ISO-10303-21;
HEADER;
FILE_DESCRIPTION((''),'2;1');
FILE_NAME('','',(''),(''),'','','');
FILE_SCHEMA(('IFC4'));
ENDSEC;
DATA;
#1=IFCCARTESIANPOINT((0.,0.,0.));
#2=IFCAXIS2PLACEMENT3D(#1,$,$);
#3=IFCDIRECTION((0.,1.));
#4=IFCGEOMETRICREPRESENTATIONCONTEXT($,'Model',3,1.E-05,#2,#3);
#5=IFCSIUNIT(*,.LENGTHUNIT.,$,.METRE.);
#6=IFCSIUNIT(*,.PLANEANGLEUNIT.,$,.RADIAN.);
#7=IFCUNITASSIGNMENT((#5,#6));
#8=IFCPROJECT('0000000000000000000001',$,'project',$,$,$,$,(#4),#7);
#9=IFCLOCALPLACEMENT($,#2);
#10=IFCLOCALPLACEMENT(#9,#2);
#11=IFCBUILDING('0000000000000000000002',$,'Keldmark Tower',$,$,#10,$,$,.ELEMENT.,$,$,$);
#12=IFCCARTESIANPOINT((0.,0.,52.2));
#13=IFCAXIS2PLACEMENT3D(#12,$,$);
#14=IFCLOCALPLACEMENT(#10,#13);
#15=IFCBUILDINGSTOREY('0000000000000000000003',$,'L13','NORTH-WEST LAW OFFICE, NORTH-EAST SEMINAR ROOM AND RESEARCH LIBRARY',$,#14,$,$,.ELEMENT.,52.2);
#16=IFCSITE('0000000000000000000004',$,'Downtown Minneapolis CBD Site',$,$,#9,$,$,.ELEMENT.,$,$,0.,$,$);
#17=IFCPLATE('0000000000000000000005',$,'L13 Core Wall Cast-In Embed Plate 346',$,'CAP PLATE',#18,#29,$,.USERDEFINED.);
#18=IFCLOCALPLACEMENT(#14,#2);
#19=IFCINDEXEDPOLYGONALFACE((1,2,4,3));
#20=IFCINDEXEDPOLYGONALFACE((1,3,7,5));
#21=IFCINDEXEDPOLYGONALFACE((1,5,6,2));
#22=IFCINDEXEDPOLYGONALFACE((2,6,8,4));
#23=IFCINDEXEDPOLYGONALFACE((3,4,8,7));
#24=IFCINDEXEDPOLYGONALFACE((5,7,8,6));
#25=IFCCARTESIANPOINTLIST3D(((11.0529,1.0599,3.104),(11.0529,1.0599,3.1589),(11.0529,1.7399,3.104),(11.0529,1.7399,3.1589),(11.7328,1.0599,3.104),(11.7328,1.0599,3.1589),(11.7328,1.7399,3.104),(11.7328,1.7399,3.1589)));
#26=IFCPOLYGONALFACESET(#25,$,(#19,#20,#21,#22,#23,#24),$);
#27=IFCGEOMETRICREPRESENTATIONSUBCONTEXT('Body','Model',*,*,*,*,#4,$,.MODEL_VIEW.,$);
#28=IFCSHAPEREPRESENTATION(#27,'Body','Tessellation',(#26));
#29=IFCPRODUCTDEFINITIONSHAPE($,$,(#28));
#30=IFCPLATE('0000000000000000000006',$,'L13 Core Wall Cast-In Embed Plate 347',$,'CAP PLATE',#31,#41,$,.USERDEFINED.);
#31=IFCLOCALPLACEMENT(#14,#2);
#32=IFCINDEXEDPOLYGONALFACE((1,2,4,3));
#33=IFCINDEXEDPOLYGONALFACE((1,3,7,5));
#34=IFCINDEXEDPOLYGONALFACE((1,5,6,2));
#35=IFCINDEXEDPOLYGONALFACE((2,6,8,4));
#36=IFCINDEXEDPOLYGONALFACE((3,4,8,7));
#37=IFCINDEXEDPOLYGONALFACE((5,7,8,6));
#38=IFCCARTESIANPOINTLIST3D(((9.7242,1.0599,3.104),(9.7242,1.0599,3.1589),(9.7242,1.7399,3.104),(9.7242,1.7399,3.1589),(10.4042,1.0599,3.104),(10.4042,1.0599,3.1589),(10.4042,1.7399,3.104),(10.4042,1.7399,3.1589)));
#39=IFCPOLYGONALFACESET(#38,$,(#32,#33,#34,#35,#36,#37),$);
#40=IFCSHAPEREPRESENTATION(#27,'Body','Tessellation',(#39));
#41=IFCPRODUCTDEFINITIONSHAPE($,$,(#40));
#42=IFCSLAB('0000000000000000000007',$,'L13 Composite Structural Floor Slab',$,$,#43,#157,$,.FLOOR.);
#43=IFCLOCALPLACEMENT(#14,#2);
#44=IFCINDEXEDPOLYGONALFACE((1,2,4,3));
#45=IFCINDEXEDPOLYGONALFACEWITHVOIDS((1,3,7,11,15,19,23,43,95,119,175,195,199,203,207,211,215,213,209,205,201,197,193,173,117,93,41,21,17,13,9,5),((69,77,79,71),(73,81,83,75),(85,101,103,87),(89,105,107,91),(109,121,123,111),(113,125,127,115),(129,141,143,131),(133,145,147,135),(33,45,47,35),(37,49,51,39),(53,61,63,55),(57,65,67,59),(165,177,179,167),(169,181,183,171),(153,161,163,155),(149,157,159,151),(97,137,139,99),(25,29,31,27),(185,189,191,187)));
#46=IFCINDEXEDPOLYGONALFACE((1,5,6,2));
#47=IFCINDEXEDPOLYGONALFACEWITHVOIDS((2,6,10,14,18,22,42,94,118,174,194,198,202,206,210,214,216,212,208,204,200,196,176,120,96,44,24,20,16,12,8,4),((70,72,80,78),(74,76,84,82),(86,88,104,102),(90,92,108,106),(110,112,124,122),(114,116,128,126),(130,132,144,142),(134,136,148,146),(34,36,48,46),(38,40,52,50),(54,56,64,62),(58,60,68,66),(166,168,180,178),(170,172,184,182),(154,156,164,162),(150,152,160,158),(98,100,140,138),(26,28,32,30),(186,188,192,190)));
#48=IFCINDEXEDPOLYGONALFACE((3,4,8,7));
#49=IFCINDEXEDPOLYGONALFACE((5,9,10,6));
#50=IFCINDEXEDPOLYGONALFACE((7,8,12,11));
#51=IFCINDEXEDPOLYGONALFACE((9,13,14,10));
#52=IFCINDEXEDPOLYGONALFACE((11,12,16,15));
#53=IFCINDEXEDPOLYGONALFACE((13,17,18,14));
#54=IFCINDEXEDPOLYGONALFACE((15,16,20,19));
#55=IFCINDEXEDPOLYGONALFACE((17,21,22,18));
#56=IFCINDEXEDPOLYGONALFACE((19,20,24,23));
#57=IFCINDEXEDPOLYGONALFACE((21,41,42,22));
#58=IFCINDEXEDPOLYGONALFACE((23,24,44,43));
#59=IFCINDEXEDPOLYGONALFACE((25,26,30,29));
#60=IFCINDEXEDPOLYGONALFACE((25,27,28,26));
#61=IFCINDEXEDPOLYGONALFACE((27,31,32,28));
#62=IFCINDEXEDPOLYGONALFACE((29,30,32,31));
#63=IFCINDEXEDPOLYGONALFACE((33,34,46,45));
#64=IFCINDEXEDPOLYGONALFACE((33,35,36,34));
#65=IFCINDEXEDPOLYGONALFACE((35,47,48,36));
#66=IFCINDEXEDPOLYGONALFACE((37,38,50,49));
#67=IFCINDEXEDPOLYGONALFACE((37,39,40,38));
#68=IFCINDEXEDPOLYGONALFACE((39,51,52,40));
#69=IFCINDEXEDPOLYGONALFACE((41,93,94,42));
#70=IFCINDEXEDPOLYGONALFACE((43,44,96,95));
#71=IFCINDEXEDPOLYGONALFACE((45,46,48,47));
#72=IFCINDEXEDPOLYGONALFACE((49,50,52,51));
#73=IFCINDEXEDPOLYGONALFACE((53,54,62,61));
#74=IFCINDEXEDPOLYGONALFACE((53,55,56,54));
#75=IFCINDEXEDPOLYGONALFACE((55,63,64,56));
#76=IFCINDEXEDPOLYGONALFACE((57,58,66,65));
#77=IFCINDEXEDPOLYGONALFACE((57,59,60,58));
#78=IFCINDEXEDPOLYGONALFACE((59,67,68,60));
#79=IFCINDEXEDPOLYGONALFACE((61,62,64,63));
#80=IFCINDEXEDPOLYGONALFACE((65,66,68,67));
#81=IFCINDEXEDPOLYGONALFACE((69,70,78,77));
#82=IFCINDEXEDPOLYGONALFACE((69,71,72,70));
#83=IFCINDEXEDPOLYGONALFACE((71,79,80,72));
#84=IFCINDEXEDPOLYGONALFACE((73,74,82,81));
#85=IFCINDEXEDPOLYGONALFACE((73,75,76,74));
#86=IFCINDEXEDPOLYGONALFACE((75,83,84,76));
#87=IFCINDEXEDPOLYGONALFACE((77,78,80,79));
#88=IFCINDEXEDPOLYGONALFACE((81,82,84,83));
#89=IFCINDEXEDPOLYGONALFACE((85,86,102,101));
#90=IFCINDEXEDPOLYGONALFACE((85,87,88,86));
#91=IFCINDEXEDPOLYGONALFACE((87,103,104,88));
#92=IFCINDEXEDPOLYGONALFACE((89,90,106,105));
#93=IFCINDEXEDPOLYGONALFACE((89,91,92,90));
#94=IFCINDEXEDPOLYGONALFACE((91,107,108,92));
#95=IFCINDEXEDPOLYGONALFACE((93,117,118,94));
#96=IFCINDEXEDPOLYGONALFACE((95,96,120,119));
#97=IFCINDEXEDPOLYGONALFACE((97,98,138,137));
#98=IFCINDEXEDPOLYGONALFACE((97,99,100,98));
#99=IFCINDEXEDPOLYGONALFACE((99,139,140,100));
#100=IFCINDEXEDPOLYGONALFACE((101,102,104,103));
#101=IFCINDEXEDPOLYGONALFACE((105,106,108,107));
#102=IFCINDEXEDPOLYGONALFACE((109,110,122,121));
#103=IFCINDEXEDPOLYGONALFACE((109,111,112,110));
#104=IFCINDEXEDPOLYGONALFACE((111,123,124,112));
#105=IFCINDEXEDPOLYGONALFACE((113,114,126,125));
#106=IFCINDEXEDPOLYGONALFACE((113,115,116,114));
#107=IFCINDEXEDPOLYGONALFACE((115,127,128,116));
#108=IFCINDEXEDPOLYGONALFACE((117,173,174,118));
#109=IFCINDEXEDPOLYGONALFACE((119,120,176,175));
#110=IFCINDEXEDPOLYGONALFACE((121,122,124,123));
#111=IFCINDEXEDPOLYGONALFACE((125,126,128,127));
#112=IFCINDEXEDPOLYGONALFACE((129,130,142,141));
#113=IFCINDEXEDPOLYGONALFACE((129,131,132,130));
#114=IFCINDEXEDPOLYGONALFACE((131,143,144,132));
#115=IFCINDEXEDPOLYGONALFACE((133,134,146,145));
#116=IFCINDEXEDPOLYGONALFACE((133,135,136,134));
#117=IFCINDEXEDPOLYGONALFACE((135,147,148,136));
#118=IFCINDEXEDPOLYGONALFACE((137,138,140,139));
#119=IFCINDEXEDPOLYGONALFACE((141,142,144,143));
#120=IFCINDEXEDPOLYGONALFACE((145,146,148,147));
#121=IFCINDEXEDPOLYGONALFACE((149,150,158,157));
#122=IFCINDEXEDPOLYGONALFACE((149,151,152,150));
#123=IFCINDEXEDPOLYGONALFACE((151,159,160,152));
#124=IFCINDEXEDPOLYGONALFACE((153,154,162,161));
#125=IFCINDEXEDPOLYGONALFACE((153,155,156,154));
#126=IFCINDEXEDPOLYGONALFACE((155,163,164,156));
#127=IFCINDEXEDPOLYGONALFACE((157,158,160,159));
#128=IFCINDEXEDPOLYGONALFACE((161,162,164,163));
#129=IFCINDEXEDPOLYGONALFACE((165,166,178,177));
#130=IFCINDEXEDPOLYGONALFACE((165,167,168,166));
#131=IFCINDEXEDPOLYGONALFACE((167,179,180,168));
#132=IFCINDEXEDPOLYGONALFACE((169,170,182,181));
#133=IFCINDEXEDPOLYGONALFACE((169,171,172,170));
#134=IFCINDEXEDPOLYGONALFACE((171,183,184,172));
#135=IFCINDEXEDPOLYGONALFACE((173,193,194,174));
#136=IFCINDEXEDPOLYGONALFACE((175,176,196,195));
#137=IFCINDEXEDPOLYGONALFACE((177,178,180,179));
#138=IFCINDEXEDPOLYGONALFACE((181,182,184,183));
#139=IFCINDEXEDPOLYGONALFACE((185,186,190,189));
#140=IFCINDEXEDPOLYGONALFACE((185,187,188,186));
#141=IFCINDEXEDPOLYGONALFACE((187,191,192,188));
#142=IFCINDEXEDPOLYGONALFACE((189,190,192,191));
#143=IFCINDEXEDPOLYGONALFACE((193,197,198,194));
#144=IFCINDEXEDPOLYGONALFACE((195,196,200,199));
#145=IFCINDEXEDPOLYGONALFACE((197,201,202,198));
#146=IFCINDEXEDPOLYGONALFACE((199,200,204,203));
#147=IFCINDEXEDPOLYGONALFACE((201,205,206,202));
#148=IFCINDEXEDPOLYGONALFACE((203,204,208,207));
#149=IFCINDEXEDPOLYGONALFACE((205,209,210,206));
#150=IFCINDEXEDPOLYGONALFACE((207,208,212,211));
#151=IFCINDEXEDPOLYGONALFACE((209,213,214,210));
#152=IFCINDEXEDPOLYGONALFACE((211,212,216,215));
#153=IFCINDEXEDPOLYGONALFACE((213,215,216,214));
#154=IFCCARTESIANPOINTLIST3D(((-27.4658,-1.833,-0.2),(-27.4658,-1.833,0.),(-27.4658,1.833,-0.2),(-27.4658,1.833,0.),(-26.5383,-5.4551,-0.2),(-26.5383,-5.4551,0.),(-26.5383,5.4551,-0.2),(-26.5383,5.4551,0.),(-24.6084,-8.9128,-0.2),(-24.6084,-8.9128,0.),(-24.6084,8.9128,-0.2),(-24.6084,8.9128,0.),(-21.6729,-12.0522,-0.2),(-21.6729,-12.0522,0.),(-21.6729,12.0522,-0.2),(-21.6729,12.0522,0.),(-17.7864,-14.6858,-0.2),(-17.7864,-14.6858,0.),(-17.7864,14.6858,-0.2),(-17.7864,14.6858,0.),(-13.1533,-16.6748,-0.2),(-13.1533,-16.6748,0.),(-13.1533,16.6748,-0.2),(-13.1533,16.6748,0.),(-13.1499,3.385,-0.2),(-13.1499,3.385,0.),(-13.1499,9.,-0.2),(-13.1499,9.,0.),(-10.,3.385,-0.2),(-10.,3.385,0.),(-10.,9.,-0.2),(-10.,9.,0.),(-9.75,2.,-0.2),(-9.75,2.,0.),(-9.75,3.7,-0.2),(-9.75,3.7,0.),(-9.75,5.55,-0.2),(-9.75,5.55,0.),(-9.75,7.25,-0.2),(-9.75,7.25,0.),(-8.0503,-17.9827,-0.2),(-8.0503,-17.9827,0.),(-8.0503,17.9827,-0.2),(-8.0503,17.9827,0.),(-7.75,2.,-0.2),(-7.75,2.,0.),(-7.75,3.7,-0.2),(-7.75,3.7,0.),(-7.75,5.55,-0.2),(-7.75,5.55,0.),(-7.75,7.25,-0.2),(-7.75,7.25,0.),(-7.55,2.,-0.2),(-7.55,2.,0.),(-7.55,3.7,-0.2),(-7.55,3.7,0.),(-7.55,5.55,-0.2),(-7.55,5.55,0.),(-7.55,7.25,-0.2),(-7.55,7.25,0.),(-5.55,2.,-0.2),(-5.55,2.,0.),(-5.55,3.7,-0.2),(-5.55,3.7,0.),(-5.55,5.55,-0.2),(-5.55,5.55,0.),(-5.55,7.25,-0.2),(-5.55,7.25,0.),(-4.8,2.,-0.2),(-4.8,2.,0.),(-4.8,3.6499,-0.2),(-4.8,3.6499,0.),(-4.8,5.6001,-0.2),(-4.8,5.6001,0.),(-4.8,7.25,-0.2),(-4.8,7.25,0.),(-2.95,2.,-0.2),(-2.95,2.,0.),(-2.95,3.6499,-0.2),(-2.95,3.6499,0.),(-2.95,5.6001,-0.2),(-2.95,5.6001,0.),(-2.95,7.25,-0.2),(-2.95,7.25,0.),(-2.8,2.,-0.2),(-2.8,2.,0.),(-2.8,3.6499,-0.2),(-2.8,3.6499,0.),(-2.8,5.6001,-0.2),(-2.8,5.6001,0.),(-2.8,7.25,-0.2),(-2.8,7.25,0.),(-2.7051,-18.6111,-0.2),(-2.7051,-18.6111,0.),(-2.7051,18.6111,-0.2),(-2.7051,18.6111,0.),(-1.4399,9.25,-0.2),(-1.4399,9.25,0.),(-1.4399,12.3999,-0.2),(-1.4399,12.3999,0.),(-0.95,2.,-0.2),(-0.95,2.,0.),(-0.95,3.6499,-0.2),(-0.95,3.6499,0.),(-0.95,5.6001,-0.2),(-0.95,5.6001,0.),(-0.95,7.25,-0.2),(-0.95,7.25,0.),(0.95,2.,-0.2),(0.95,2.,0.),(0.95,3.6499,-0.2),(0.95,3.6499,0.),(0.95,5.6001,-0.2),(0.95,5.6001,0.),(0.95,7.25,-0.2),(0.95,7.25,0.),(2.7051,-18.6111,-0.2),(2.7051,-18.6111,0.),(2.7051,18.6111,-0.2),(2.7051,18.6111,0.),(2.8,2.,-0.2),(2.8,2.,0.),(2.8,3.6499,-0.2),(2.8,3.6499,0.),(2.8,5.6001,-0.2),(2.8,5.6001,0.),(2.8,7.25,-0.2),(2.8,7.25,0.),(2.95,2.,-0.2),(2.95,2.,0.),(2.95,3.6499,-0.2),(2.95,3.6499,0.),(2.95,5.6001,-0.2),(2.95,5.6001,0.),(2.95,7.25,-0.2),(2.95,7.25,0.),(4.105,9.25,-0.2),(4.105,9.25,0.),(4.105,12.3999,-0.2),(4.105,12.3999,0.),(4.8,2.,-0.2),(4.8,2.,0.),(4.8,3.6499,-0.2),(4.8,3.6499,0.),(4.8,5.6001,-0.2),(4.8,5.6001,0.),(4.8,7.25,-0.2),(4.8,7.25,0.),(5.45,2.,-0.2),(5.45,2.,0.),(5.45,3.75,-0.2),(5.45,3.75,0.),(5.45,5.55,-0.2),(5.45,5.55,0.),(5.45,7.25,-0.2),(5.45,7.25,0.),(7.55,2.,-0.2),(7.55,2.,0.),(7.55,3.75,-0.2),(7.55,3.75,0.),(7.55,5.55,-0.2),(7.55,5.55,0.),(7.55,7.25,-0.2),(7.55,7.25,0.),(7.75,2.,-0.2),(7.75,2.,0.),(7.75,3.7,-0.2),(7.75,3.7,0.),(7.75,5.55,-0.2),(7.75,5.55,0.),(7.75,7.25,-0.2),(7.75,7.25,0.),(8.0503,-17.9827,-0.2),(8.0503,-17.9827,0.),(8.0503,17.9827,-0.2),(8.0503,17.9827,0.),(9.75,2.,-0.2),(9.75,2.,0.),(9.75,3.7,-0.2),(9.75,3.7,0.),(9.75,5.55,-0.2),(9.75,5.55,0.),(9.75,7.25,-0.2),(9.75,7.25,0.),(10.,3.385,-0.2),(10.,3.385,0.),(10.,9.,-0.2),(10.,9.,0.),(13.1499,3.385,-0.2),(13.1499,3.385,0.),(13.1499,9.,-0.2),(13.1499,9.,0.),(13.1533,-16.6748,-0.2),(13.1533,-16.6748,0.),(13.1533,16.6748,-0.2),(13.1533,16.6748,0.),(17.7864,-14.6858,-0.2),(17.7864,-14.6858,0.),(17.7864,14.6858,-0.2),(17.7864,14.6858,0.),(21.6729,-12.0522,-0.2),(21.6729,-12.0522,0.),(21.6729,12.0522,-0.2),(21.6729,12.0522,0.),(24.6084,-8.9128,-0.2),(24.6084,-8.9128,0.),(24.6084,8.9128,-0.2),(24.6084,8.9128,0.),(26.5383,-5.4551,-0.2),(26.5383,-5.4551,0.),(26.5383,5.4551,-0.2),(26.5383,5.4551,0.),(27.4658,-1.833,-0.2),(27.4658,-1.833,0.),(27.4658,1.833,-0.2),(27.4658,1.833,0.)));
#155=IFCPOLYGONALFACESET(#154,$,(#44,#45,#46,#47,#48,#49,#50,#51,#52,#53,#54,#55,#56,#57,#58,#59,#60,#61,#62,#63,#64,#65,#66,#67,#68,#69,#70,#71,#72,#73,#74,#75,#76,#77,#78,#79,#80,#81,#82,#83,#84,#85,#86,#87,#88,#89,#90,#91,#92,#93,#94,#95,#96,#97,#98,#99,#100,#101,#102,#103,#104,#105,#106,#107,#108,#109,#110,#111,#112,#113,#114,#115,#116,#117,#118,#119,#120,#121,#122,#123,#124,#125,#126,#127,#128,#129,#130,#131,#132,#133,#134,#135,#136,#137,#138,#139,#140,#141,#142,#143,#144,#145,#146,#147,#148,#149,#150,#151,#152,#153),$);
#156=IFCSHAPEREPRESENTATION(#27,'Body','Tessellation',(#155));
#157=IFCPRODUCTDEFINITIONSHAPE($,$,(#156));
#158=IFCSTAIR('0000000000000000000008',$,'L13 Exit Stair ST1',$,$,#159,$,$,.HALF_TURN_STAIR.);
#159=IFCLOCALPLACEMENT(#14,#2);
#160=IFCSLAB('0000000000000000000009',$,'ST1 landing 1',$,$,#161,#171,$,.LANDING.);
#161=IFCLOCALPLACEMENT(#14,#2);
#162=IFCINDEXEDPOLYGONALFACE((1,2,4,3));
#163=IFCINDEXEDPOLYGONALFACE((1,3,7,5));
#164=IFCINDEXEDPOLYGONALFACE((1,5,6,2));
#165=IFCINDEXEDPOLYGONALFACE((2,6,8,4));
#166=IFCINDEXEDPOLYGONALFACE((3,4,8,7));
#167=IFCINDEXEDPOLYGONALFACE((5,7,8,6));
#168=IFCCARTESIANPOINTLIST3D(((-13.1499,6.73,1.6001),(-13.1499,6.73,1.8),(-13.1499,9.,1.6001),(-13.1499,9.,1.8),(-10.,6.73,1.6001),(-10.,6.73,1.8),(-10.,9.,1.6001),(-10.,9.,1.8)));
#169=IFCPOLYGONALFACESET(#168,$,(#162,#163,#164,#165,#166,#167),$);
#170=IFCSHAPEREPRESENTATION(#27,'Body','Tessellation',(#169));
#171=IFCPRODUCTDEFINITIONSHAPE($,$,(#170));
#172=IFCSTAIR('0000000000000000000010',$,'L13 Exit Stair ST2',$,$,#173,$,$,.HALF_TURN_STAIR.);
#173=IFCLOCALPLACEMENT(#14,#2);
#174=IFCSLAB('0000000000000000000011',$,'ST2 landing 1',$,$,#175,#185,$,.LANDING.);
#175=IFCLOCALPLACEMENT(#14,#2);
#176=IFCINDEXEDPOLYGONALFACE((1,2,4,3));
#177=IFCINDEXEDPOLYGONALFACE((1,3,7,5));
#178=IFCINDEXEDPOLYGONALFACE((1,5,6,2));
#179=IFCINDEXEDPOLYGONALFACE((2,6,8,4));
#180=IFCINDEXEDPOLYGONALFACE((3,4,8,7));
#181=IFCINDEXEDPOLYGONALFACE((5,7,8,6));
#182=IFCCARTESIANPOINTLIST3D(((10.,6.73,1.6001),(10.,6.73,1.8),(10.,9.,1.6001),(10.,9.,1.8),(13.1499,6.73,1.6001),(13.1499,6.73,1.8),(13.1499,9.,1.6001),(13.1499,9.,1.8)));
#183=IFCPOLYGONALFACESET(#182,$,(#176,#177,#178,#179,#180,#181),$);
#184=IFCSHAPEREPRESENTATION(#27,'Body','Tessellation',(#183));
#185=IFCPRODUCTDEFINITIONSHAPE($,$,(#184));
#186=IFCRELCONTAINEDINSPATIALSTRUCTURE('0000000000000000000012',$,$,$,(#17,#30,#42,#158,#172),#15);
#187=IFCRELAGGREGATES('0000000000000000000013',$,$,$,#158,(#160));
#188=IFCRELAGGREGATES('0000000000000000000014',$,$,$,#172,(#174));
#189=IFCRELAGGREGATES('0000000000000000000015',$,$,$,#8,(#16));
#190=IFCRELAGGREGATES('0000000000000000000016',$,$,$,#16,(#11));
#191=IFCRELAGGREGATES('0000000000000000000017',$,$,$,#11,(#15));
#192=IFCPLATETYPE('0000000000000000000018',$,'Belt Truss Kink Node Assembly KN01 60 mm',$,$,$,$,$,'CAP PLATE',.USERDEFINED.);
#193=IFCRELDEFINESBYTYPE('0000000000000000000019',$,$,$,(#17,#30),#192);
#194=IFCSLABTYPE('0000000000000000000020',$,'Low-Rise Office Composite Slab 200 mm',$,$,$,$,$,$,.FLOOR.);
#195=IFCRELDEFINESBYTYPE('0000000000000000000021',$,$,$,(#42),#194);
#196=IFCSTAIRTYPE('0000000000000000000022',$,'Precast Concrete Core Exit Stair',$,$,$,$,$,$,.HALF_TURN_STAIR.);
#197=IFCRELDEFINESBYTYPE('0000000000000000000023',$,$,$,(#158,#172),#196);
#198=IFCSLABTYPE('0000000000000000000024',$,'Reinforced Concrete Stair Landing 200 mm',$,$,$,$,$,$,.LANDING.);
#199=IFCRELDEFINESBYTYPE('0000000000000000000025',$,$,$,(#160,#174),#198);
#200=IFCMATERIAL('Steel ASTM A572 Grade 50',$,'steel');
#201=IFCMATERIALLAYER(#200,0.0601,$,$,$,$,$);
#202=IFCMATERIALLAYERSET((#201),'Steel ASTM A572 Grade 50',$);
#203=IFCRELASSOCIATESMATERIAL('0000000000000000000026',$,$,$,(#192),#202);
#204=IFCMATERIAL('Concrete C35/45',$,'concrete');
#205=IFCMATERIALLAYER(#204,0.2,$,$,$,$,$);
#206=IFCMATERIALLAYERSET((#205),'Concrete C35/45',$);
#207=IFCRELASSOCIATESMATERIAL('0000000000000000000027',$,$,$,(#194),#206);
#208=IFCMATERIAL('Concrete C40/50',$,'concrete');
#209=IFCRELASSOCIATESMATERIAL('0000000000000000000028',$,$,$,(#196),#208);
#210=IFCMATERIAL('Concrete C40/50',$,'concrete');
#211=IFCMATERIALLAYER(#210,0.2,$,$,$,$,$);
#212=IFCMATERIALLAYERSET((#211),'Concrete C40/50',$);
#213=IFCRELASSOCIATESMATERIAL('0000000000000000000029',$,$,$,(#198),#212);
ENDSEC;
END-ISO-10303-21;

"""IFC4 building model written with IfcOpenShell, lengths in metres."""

from ifc_helpers import new_model, si_unit, direction, frame, origin, origin_2d, place, context, subcontext, project, spatial, polyline, rectangle, outline, extrude, material, layer, layer_set, type_object, element, aggregate, save


model = new_model("IFC4")

# Units and contexts
model_context = context("Model", 3, precision=1e-05, world=origin(), true_north=direction((0.0, 1.0)))
body_context = subcontext(model_context, "Body", "Model", "MODEL_VIEW")
ifc_project = project(units=[si_unit("LENGTHUNIT", "METRE"), si_unit("PLANEANGLEUNIT", "RADIAN")], contexts=[model_context])

# Site, building, storey
site_placement = place(None, origin())
site = spatial("IfcSite", under=ifc_project, at=site_placement, Name="Downtown Minneapolis CBD Site", CompositionType="ELEMENT", RefElevation=0.0)
building_placement = place(site_placement, origin())
building = spatial("IfcBuilding", under=site, at=building_placement, Name="Keldmark Tower", CompositionType="ELEMENT")
storey_placement = place(building_placement, frame((0.0, 0.0, 52.2)))
storey = spatial("IfcBuildingStorey", under=building, at=storey_placement, Name="L13", Description="NORTH-WEST LAW OFFICE, NORTH-EAST SEMINAR ROOM AND RESEARCH LIBRARY", CompositionType="ELEMENT", Elevation=52.2)

# Plates
ifc_material_1 = material(Name="Steel ASTM A572 Grade 50", Category="steel")
ifc_layer_1 = layer(ifc_material_1, 0.0601)
ifc_layer_set_1 = layer_set([ifc_layer_1], Name="Steel ASTM A572 Grade 50")
plate_type = type_object("IfcPlateType", Name="Belt Truss Kink Node Assembly KN01 60 mm", ElementType="CAP PLATE", PredefinedType="USERDEFINED", material=ifc_layer_set_1)
for number, where, z_axis, x_axis, name in (
    (1, (11.3928, 1.3999, 3.104), (0.0, 0.0, 1.0), (1.0, 0.0, 0.0), "L13 Core Wall Cast-In Embed Plate 346"),
    (2, (10.0642, 1.3999, 3.104), (0.0, 0.0, 1.0), (1.0, 0.0, 0.0), "L13 Core Wall Cast-In Embed Plate 347"),
):
    element("IfcPlate", number, at=place(storey_placement, frame(where, z_axis=z_axis, x_axis=x_axis)), inside=storey, type_object=plate_type, Name=name, ObjectType="CAP PLATE", PredefinedType="USERDEFINED", context=body_context, shape_type="SweptSolid", body=[
        extrude(rectangle(XDim=0.6799, YDim=0.6799, at=origin_2d()), origin(), (0.0, 0.0, 1.0), 0.0549),
    ])

# Slab
ifc_material_2 = material(Name="Concrete C35/45", Category="concrete")
ifc_layer_2 = layer(ifc_material_2, 0.2)
ifc_layer_set_2 = layer_set([ifc_layer_2], Name="Concrete C35/45")
slab_type_1 = type_object("IfcSlabType", Name="Low-Rise Office Composite Slab 200 mm", PredefinedType="FLOOR", material=ifc_layer_set_2)
slab_1_placement = place(storey_placement, frame((0.0, 0.0, -0.2)))
element("IfcSlab", 3, at=slab_1_placement, inside=storey, type_object=slab_type_1, Name="L13 Composite Structural Floor Slab", PredefinedType="FLOOR", context=body_context, shape_type="SweptSolid", body=[
    extrude(outline(polyline([(27.4658, 1.833), (26.5383, 5.4551), (24.6084, 8.9128), (21.6729, 12.0522), (17.7864, 14.6858), (13.1533, 16.6748), (8.0503, 17.9827), (2.7051, 18.6111), (-2.7051, 18.6111), (-8.0503, 17.9827), (-13.1533, 16.6748), (-17.7864, 14.6858), (-21.6729, 12.0522), (-24.6084, 8.9128), (-26.5383, 5.4551), (-27.4658, 1.833), (-27.4658, -1.833), (-26.5383, -5.4551), (-24.6084, -8.9128), (-21.6729, -12.0522), (-17.7864, -14.6858), (-13.1533, -16.6748), (-8.0503, -17.9827), (-2.7051, -18.6111), (2.7051, -18.6111), (8.0503, -17.9827), (13.1533, -16.6748), (17.7864, -14.6858), (21.6729, -12.0522), (24.6084, -8.9128), (26.5383, -5.4551), (27.4658, -1.833), (27.4658, 1.833)]), holes=[polyline([(-10.0, 3.385), (-10.0, 9.0), (-13.1499, 9.0), (-13.1499, 3.385), (-10.0, 3.385)]), polyline([(13.1499, 3.385), (13.1499, 9.0), (10.0, 9.0), (10.0, 3.385), (13.1499, 3.385)]), polyline([(-1.4399, 9.25), (4.105, 9.25), (4.105, 12.3999), (-1.4399, 12.3999), (-1.4399, 9.25)]), polyline([(-9.75, 2.0), (-7.75, 2.0), (-7.75, 3.7), (-9.75, 3.7), (-9.75, 2.0)]), polyline([(7.75, 2.0), (9.75, 2.0), (9.75, 3.7), (7.75, 3.7), (7.75, 2.0)]), polyline([(5.45, 2.0), (7.55, 2.0), (7.55, 3.75), (5.45, 3.75), (5.45, 2.0)]), polyline([(-4.8, 2.0), (-2.95, 2.0), (-2.95, 3.6499), (-4.8, 3.6499), (-4.8, 2.0)]), polyline([(-2.8, 2.0), (-0.95, 2.0), (-0.95, 3.6499), (-2.8, 3.6499), (-2.8, 2.0)]), polyline([(0.95, 2.0), (2.8, 2.0), (2.8, 3.6499), (0.95, 3.6499), (0.95, 2.0)]), polyline([(2.95, 2.0), (4.8, 2.0), (4.8, 3.6499), (2.95, 3.6499), (2.95, 2.0)]), polyline([(-4.8, 5.6001), (-2.95, 5.6001), (-2.95, 7.25), (-4.8, 7.25), (-4.8, 5.6001)]), polyline([(-2.8, 5.6001), (-0.95, 5.6001), (-0.95, 7.25), (-2.8, 7.25), (-2.8, 5.6001)]), polyline([(0.95, 5.6001), (2.8, 5.6001), (2.8, 7.25), (0.95, 7.25), (0.95, 5.6001)]), polyline([(2.95, 5.6001), (4.8, 5.6001), (4.8, 7.25), (2.95, 7.25), (2.95, 5.6001)]), polyline([(-9.75, 5.55), (-7.75, 5.55), (-7.75, 7.25), (-9.75, 7.25), (-9.75, 5.55)]), polyline([(-7.55, 5.55), (-5.55, 5.55), (-5.55, 7.25), (-7.55, 7.25), (-7.55, 5.55)]), polyline([(-7.55, 2.0), (-5.55, 2.0), (-5.55, 3.7), (-7.55, 3.7), (-7.55, 2.0)]), polyline([(5.45, 5.55), (7.55, 5.55), (7.55, 7.25), (5.45, 7.25), (5.45, 5.55)]), polyline([(7.75, 5.55), (9.75, 5.55), (9.75, 7.25), (7.75, 7.25), (7.75, 5.55)])]), origin(), (0.0, 0.0, 1.0), 0.2),
])

# Stairs, slabs
ifc_material_3 = material(Name="Concrete C40/50", Category="concrete")
stair_type = type_object("IfcStairType", Name="Precast Concrete Core Exit Stair", PredefinedType="HALF_TURN_STAIR", material=ifc_material_3)
stair_1_placement = place(storey_placement, origin())
stair_1 = element("IfcStair", 4, at=stair_1_placement, inside=storey, type_object=stair_type, Name="L13 Exit Stair ST1", PredefinedType="HALF_TURN_STAIR")
ifc_material_4 = material(Name="Concrete C40/50", Category="concrete")
ifc_layer_3 = layer(ifc_material_4, 0.2)
ifc_layer_set_3 = layer_set([ifc_layer_3], Name="Concrete C40/50")
slab_type_2 = type_object("IfcSlabType", Name="Reinforced Concrete Stair Landing 200 mm", PredefinedType="LANDING", material=ifc_layer_set_3)
slab_2_placement = place(storey_placement, frame((0.0, 0.0, 1.6001)))
slab_2 = element("IfcSlab", 5, at=slab_2_placement, type_object=slab_type_2, Name="ST1 landing 1", PredefinedType="LANDING", context=body_context, shape_type="SweptSolid", body=[
    extrude(outline(polyline([(-10.0, 6.73), (-10.0, 9.0), (-13.1499, 9.0), (-13.1499, 6.73), (-10.0, 6.73)])), origin(), (0.0, 0.0, 1.0), 0.2),
])
aggregate(stair_1, [slab_2])
stair_2_placement = place(storey_placement, origin())
stair_2 = element("IfcStair", 6, at=stair_2_placement, inside=storey, type_object=stair_type, Name="L13 Exit Stair ST2", PredefinedType="HALF_TURN_STAIR")
slab_3_placement = place(storey_placement, frame((0.0, 0.0, 1.6001)))
slab_3 = element("IfcSlab", 7, at=slab_3_placement, type_object=slab_type_2, Name="ST2 landing 1", PredefinedType="LANDING", context=body_context, shape_type="SweptSolid", body=[
    extrude(outline(polyline([(13.1499, 6.73), (13.1499, 9.0), (10.0, 9.0), (10.0, 6.73), (13.1499, 6.73)])), origin(), (0.0, 0.0, 1.0), 0.2),
])
aggregate(stair_2, [slab_3])

save(model, "model.ifc")
